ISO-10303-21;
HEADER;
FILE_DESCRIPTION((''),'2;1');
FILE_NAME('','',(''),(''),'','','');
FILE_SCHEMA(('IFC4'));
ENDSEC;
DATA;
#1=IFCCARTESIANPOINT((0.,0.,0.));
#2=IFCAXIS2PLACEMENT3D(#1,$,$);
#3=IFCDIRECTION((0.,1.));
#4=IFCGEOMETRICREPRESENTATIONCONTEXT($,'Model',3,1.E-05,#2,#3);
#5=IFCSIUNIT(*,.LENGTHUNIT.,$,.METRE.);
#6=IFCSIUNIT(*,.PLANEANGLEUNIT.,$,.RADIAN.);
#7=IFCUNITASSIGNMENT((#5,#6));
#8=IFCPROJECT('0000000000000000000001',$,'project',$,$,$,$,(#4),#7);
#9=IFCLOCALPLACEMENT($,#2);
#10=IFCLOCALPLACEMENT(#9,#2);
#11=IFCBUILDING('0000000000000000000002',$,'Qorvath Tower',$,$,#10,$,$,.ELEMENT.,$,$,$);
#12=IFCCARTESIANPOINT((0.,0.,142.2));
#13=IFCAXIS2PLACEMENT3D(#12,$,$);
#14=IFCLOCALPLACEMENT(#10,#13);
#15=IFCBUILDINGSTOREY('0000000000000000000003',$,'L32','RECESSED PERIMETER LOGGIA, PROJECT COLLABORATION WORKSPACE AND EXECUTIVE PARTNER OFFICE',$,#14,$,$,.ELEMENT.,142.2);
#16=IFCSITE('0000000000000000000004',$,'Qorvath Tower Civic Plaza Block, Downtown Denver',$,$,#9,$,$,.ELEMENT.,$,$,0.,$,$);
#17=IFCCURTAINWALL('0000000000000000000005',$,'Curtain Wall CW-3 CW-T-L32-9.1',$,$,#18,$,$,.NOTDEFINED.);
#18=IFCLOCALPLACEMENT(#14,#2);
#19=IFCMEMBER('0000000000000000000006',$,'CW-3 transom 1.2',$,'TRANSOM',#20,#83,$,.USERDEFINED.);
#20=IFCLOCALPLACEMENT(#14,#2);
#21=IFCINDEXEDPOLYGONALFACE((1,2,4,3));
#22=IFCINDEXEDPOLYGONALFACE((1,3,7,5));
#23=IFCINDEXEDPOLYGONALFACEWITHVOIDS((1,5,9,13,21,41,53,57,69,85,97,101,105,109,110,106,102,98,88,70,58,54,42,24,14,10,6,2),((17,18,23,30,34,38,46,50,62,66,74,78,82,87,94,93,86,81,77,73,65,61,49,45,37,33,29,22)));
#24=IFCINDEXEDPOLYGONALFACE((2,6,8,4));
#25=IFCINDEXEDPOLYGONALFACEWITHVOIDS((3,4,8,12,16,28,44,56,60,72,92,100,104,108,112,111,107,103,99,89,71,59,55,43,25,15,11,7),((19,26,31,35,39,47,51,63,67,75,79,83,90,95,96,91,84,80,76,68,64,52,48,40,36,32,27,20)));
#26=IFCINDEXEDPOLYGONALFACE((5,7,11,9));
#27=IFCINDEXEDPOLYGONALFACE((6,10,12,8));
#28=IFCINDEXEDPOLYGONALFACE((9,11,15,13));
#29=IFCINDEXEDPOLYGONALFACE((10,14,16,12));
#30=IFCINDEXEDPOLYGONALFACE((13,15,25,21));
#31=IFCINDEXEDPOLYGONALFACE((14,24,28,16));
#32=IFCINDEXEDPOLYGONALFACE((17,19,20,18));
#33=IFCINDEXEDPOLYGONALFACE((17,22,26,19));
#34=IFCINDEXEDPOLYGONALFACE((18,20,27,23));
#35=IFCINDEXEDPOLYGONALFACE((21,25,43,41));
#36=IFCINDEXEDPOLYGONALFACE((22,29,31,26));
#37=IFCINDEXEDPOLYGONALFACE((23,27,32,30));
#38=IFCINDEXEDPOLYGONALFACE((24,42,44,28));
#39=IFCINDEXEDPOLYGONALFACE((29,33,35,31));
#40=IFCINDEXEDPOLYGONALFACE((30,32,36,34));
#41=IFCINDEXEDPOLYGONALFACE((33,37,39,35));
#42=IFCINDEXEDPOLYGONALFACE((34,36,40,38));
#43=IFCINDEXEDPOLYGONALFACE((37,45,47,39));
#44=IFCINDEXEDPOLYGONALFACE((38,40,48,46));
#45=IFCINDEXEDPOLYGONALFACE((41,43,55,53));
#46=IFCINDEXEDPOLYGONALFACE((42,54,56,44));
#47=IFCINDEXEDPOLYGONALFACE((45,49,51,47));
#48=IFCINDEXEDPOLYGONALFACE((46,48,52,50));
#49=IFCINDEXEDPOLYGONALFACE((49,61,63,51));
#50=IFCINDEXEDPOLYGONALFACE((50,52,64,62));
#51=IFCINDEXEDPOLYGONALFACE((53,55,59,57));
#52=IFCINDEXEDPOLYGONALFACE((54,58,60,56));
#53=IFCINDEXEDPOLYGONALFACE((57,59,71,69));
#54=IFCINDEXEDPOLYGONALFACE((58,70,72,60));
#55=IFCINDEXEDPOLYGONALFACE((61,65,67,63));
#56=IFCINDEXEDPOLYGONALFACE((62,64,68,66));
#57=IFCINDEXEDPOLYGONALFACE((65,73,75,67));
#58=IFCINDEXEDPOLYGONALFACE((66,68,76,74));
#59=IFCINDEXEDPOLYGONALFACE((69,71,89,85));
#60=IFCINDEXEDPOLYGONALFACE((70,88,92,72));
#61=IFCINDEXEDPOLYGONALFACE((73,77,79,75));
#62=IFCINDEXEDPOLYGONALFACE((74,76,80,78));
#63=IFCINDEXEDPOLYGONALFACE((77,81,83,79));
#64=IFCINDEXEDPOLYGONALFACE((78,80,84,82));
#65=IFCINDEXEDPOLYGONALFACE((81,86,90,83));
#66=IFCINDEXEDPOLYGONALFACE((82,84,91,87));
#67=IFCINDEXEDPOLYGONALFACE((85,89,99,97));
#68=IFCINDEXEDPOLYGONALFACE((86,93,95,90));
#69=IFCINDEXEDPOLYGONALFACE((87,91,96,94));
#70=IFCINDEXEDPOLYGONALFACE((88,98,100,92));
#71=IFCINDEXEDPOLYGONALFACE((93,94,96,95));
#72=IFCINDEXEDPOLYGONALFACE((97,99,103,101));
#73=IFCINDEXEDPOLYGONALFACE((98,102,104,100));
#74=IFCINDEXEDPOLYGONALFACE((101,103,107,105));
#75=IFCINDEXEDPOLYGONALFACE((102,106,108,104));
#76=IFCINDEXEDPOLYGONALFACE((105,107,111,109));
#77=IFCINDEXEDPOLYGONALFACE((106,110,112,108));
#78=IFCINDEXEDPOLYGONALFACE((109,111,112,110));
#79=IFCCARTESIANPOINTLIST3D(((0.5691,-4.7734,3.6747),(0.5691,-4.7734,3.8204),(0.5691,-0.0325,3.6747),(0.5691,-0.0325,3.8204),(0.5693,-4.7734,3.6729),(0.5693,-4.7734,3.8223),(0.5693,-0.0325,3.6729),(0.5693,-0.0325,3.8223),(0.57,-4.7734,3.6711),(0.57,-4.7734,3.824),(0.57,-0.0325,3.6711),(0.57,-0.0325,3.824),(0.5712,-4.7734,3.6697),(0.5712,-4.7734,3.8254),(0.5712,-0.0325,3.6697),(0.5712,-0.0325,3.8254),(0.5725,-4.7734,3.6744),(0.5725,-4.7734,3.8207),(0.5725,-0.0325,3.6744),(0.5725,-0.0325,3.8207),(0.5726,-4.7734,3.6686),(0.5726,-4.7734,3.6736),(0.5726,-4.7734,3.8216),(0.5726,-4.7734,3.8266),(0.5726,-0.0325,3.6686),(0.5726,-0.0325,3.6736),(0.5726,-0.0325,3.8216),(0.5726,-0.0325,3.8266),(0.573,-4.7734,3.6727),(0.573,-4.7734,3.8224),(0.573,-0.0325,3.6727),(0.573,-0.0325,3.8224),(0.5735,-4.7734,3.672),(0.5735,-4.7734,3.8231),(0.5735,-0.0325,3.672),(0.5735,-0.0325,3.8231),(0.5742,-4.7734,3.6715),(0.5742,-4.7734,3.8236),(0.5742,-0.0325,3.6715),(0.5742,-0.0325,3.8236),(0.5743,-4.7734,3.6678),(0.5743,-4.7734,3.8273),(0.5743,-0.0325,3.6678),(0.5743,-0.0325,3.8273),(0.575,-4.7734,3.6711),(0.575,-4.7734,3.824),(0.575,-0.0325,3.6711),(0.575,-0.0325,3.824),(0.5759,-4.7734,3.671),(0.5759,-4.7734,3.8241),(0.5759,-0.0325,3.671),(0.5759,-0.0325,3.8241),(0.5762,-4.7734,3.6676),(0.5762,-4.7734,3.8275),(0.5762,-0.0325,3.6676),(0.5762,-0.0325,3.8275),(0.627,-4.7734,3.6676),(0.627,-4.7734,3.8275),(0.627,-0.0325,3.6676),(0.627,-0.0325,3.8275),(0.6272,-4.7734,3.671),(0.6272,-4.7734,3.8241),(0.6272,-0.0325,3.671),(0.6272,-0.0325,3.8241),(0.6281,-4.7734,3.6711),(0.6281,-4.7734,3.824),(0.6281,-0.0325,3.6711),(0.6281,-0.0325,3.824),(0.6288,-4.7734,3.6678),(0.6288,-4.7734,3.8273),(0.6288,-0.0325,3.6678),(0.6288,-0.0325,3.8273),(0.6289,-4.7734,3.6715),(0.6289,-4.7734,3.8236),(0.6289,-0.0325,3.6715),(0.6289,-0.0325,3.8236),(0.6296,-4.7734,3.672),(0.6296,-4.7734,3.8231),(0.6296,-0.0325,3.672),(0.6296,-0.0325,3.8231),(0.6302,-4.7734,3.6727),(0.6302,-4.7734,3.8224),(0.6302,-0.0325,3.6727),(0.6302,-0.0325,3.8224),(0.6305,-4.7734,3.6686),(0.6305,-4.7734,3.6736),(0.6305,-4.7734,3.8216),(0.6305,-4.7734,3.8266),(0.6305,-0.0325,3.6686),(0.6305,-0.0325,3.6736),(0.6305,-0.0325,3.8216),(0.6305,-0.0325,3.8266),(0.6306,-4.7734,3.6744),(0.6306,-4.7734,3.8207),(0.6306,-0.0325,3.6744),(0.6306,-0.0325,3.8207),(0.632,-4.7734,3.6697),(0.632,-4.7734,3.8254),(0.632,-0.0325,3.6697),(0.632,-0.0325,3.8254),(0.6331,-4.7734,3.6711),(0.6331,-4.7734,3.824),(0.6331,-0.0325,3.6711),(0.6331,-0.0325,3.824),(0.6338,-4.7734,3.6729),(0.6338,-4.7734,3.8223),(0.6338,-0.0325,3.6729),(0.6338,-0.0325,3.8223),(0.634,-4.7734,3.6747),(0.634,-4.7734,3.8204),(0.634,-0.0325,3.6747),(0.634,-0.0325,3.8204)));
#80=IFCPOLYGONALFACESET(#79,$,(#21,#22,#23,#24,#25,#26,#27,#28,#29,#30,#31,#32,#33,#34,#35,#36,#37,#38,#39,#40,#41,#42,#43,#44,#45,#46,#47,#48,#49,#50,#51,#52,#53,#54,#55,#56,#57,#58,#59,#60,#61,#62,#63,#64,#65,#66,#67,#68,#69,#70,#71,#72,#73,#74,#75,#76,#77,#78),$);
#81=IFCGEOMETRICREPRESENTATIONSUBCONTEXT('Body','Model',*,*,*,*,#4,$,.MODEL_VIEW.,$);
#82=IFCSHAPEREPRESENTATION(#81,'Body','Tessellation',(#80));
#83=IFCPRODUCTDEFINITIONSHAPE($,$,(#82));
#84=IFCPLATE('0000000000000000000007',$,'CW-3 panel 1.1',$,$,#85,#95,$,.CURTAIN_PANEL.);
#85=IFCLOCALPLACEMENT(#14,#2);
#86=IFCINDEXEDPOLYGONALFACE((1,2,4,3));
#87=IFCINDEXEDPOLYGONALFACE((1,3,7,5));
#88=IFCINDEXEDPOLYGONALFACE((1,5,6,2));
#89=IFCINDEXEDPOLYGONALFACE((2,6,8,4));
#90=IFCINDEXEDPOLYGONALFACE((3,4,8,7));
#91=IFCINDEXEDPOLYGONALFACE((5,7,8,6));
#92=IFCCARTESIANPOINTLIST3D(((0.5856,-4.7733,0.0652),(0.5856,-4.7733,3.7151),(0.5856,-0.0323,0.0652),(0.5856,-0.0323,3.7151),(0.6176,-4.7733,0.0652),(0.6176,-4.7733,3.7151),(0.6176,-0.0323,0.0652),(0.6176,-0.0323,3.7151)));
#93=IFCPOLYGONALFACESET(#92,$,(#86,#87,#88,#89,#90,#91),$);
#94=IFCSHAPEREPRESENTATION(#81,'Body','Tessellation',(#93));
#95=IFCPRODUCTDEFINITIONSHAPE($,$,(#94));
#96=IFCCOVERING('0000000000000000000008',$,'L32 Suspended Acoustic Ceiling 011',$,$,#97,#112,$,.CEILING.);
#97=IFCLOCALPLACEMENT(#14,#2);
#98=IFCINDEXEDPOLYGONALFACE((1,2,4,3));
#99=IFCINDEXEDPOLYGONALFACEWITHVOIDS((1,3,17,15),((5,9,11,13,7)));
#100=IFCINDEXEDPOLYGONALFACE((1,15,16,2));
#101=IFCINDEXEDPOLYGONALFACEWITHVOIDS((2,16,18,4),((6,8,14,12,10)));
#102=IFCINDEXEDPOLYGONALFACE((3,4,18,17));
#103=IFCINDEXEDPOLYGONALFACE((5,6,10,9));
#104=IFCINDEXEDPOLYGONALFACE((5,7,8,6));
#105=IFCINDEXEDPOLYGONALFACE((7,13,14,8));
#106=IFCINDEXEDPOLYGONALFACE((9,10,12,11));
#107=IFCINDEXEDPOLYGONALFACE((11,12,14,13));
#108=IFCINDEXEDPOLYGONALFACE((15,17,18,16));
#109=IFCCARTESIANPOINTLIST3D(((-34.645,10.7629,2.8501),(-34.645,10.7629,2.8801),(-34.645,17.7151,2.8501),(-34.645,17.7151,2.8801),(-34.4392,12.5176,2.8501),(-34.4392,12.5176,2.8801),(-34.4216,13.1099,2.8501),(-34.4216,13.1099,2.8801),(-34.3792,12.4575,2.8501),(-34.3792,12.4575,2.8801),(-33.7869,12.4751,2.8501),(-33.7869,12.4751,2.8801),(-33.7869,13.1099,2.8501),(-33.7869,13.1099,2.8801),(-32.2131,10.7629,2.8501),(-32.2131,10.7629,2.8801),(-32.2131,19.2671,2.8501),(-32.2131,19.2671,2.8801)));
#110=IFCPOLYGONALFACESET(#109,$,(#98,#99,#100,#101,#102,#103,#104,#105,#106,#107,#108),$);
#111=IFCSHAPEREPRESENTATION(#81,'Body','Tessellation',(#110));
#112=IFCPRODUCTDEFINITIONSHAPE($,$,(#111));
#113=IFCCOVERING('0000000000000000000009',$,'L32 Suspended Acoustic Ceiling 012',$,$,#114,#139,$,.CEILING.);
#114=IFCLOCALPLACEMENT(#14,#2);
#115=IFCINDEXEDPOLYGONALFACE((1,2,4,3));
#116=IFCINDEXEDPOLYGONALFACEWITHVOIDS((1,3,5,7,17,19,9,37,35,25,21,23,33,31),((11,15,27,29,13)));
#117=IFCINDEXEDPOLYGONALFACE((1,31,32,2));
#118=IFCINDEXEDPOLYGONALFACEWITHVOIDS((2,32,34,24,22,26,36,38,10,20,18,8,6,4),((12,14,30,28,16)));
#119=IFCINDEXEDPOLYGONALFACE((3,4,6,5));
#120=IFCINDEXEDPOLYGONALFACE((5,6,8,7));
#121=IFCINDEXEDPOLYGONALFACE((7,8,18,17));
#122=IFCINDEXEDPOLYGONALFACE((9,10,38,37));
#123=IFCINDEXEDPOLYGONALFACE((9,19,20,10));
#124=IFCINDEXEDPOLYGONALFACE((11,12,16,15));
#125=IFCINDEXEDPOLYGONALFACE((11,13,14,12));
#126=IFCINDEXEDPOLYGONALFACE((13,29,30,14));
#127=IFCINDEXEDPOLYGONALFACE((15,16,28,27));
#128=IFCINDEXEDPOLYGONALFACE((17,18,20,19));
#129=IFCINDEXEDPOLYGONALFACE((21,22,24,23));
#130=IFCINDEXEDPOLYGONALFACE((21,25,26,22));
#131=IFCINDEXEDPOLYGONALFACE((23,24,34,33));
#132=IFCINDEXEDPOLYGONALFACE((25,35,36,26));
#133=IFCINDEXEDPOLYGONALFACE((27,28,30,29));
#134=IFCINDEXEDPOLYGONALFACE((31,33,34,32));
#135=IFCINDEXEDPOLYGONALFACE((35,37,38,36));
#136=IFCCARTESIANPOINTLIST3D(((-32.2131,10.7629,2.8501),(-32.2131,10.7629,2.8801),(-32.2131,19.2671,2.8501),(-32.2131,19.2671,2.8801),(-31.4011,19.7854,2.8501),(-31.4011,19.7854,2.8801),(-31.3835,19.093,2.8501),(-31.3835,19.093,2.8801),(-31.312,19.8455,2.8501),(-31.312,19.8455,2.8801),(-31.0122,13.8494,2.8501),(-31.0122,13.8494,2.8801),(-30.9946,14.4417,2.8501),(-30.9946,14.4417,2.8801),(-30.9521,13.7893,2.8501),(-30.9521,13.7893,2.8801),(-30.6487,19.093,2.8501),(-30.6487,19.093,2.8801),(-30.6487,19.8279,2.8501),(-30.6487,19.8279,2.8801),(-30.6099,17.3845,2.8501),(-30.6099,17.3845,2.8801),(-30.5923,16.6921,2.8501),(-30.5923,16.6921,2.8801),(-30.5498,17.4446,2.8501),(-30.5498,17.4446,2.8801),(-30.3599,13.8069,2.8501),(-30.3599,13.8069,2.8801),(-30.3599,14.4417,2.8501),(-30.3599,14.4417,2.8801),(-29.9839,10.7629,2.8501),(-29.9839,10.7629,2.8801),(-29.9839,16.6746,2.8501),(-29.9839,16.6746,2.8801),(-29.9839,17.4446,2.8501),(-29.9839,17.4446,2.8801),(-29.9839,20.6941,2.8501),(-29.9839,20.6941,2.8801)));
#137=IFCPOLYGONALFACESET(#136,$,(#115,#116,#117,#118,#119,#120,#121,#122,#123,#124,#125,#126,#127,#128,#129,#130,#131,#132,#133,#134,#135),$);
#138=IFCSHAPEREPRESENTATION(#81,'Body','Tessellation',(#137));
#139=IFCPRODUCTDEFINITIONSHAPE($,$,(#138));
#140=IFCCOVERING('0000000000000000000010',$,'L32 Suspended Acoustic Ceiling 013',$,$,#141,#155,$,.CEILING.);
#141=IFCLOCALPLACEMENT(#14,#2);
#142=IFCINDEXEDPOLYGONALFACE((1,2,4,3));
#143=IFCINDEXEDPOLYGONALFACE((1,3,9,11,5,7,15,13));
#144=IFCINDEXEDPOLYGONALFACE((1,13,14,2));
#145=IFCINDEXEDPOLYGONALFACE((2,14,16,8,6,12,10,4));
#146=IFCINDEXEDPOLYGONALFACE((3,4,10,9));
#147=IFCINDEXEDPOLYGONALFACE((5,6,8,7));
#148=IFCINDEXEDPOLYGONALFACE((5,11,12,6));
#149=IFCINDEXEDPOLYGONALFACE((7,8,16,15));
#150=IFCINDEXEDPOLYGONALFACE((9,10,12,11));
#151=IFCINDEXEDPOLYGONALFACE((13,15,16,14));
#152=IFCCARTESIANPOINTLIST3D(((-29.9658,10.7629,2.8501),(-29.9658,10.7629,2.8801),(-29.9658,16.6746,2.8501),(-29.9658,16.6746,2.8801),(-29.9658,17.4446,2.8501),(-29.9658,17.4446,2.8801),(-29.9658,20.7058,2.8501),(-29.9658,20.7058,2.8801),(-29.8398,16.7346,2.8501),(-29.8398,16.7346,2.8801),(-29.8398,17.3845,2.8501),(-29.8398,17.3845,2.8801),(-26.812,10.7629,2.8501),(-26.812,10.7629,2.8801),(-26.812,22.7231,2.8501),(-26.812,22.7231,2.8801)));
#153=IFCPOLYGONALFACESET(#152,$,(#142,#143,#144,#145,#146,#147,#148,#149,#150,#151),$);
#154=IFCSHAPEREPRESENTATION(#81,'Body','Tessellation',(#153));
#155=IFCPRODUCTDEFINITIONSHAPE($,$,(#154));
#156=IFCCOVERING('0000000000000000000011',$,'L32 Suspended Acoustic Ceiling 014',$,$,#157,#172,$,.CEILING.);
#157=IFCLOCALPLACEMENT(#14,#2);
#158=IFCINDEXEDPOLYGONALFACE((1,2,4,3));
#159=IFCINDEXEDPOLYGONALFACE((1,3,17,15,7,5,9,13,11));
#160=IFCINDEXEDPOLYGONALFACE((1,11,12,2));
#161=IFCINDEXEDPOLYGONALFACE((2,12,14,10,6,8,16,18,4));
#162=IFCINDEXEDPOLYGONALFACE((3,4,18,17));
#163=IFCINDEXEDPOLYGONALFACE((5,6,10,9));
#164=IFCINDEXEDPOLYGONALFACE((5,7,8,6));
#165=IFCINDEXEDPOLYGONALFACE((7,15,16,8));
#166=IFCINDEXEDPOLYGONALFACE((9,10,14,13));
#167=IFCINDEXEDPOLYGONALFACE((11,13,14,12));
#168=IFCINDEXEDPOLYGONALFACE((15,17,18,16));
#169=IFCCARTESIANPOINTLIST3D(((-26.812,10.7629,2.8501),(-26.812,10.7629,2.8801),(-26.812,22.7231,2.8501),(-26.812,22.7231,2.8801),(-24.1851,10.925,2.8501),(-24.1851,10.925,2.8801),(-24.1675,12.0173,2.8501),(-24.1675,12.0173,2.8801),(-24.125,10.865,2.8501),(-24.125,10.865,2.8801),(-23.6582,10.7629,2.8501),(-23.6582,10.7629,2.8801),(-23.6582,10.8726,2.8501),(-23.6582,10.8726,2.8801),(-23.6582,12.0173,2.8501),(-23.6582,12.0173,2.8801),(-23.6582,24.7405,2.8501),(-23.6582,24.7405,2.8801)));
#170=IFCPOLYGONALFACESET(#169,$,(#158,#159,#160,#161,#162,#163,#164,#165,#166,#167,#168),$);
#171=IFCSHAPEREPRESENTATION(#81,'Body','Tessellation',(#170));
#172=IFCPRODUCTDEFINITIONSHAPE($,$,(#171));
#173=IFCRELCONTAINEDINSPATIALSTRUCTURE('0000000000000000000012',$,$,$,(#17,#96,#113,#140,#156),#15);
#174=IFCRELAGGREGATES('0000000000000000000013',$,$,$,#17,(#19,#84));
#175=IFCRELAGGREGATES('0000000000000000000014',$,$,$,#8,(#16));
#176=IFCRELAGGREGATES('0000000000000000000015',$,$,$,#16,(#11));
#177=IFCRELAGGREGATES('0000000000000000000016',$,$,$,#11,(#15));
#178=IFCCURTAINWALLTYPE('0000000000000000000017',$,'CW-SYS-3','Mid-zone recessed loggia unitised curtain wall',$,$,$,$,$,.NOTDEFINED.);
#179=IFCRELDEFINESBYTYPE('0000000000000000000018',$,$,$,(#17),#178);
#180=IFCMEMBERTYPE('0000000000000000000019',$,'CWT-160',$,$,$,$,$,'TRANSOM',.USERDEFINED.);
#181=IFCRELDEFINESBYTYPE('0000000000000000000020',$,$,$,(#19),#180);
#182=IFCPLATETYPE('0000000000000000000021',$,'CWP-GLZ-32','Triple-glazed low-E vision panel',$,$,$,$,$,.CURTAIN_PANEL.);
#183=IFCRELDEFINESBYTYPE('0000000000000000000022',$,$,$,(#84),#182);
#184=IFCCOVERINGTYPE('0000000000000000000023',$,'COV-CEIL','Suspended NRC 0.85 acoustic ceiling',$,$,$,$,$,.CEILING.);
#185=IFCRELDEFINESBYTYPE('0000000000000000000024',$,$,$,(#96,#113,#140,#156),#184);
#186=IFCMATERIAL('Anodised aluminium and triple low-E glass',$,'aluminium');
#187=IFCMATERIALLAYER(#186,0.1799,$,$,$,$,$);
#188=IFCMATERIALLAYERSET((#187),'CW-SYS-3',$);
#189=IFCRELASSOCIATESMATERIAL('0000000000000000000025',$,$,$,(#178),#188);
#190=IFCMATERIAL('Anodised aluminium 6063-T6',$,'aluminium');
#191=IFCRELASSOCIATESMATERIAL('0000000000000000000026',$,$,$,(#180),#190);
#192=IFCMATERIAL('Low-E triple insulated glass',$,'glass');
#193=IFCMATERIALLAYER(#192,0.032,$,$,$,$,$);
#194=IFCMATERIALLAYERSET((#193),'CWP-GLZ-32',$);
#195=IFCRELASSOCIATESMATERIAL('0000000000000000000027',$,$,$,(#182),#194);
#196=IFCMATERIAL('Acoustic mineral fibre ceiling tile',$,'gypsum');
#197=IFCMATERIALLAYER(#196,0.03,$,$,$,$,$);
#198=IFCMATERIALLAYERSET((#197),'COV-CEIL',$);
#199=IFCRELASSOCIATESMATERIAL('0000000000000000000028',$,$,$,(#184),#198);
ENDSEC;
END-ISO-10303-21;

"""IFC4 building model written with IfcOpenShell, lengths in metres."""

from ifc_helpers import new_model, si_unit, direction, frame, origin, origin_2d, place, context, subcontext, project, spatial, polyline, rectangle, hollow_rectangle, outline, extrude, material, layer, layer_set, material_profile, profile_set, type_object, element, aggregate, save


model = new_model("IFC4")

# Units and contexts
model_context = context("Model", 3, precision=1e-05, world=origin(), true_north=direction((0.0, 1.0)))
body_context = subcontext(model_context, "Body", "Model", "MODEL_VIEW")
ifc_project = project(units=[si_unit("LENGTHUNIT", "METRE"), si_unit("PLANEANGLEUNIT", "RADIAN")], contexts=[model_context])

# Site, building, storey
site_placement = place(None, origin())
site = spatial("IfcSite", under=ifc_project, at=site_placement, Name="Qorvath Tower Civic Plaza Block, Downtown Denver", CompositionType="ELEMENT", RefElevation=0.0)
building_placement = place(site_placement, origin())
building = spatial("IfcBuilding", under=site, at=building_placement, Name="Qorvath Tower", CompositionType="ELEMENT")
storey_placement = place(building_placement, frame((0.0, 0.0, 142.2)))
storey = spatial("IfcBuildingStorey", under=building, at=storey_placement, Name="L32", Description="RECESSED PERIMETER LOGGIA, PROJECT COLLABORATION WORKSPACE AND EXECUTIVE PARTNER OFFICE", CompositionType="ELEMENT", Elevation=142.2)

# Curtain wall, member, plate
ifc_material_1 = material(Name="Anodised aluminium and triple low-E glass", Category="aluminium")
ifc_layer_1 = layer(ifc_material_1, 0.1799)
ifc_layer_set_1 = layer_set([ifc_layer_1], Name="CW-SYS-3")
curtain_wall_type = type_object("IfcCurtainWallType", Name="CW-SYS-3", Description="Mid-zone recessed loggia unitised curtain wall", PredefinedType="NOTDEFINED", material=ifc_layer_set_1)
curtain_wall_placement = place(storey_placement, origin())
curtain_wall = element("IfcCurtainWall", 1, at=curtain_wall_placement, inside=storey, type_object=curtain_wall_type, Name="Curtain Wall CW-3 CW-T-L32-9.1", PredefinedType="NOTDEFINED")
ifc_material_2 = material(Name="Anodised aluminium 6063-T6", Category="aluminium")
ifc_material_profile = material_profile(ifc_material_2, hollow_rectangle(XDim=0.0649, YDim=0.1599, WallThickness=0.0034, InnerFilletRadius=0.0034, OuterFilletRadius=0.0071, at=origin_2d()), Name="CWT 160x65")
ifc_profile_set = profile_set([ifc_material_profile], Name="Anodised aluminium 6063-T6")
member_type = type_object("IfcMemberType", Name="CWT-160", ElementType="TRANSOM", PredefinedType="USERDEFINED", material=ifc_profile_set)
member_placement = place(storey_placement, frame((0.6016, -4.7734, 3.7476), z_axis=(0.0, 1.0, 0.0), x_axis=(-1.0, 0.0, 0.0)))
member = element("IfcMember", 2, at=member_placement, type_object=member_type, Name="CW-3 transom 1.2", ObjectType="TRANSOM", PredefinedType="USERDEFINED", context=body_context, shape_type="SweptSolid", body=[
    extrude(hollow_rectangle(XDim=0.0649, YDim=0.1599, WallThickness=0.0034, InnerFilletRadius=0.0034, OuterFilletRadius=0.0071, at=origin_2d()), origin(), (0.0, 0.0, 1.0), 4.741),
])
ifc_material_3 = material(Name="Low-E triple insulated glass", Category="glass")
ifc_layer_2 = layer(ifc_material_3, 0.032)
ifc_layer_set_2 = layer_set([ifc_layer_2], Name="CWP-GLZ-32")
plate_type = type_object("IfcPlateType", Name="CWP-GLZ-32", Description="Triple-glazed low-E vision panel", PredefinedType="CURTAIN_PANEL", material=ifc_layer_set_2)
plate_placement = place(storey_placement, frame((0.6016, -2.4028, 0.0652), z_axis=(0.0, 0.0, 1.0), x_axis=(0.0, 1.0, 0.0)))
plate = element("IfcPlate", 3, at=plate_placement, type_object=plate_type, Name="CW-3 panel 1.1", PredefinedType="CURTAIN_PANEL", context=body_context, shape_type="SweptSolid", body=[
    extrude(rectangle(XDim=4.741, YDim=0.032, at=origin_2d()), origin(), (0.0, 0.0, 1.0), 3.6499),
])
aggregate(curtain_wall, [member, plate])

# Coverings
ifc_material_4 = material(Name="Acoustic mineral fibre ceiling tile", Category="gypsum")
ifc_layer_3 = layer(ifc_material_4, 0.03)
ifc_layer_set_3 = layer_set([ifc_layer_3], Name="COV-CEIL")
covering_type_1 = type_object("IfcCoveringType", Name="COV-CEIL", Description="Suspended NRC 0.85 acoustic ceiling", PredefinedType="CEILING", material=ifc_layer_set_3)
covering_1_placement = place(storey_placement, frame((0.0, 0.0, 2.8501)))
element("IfcCovering", 4, at=covering_1_placement, inside=storey, type_object=covering_type_1, Name="L32 Suspended Acoustic Ceiling 011", PredefinedType="CEILING", context=body_context, shape_type="SweptSolid", body=[
    extrude(outline(polyline([(-32.2131, 10.7629), (-32.2131, 19.2671), (-34.645, 17.7151), (-34.645, 10.7629), (-32.2131, 10.7629)]), holes=[polyline([(-34.4392, 12.5176), (-34.4216, 13.1099), (-33.7869, 13.1099), (-33.7869, 12.4751), (-34.3792, 12.4575), (-34.4392, 12.5176)])]), origin(), (0.0, 0.0, 1.0), 0.03),
])
covering_2_placement = place(storey_placement, frame((0.0, 0.0, 2.8501)))
element("IfcCovering", 5, at=covering_2_placement, inside=storey, type_object=covering_type_1, Name="L32 Suspended Acoustic Ceiling 012", PredefinedType="CEILING", context=body_context, shape_type="SweptSolid", body=[
    extrude(outline(polyline([(-31.4011, 19.7854), (-32.2131, 19.2671), (-32.2131, 10.7629), (-29.9839, 10.7629), (-29.9839, 16.6746), (-30.5923, 16.6921), (-30.6099, 17.3845), (-30.5498, 17.4446), (-29.9839, 17.4446), (-29.9839, 20.6941), (-31.312, 19.8455), (-30.6487, 19.8279), (-30.6487, 19.093), (-31.3835, 19.093), (-31.4011, 19.7854)]), holes=[polyline([(-31.0122, 13.8494), (-30.9946, 14.4417), (-30.3599, 14.4417), (-30.3599, 13.8069), (-30.9521, 13.7893), (-31.0122, 13.8494)])]), origin(), (0.0, 0.0, 1.0), 0.03),
])
covering_3_placement = place(storey_placement, frame((0.0, 0.0, 2.8501)))
element("IfcCovering", 6, at=covering_3_placement, inside=storey, type_object=covering_type_1, Name="L32 Suspended Acoustic Ceiling 013", PredefinedType="CEILING", context=body_context, shape_type="SweptSolid", body=[
    extrude(outline(polyline([(-26.812, 10.7629), (-26.812, 22.7231), (-29.9658, 20.7058), (-29.9658, 17.4446), (-29.8398, 17.3845), (-29.8398, 16.7346), (-29.9658, 16.6746), (-29.9658, 10.7629), (-26.812, 10.7629)])), origin(), (0.0, 0.0, 1.0), 0.03),
])
covering_4_placement = place(storey_placement, frame((0.0, 0.0, 2.8501)))
element("IfcCovering", 7, at=covering_4_placement, inside=storey, type_object=covering_type_1, Name="L32 Suspended Acoustic Ceiling 014", PredefinedType="CEILING", context=body_context, shape_type="SweptSolid", body=[
    extrude(outline(polyline([(-23.6582, 10.7629), (-23.6582, 10.8726), (-24.125, 10.865), (-24.1851, 10.925), (-24.1675, 12.0173), (-23.6582, 12.0173), (-23.6582, 24.7405), (-26.812, 22.7231), (-26.812, 10.7629), (-23.6582, 10.7629)])), origin(), (0.0, 0.0, 1.0), 0.03),
])

save(model, "model.ifc")
